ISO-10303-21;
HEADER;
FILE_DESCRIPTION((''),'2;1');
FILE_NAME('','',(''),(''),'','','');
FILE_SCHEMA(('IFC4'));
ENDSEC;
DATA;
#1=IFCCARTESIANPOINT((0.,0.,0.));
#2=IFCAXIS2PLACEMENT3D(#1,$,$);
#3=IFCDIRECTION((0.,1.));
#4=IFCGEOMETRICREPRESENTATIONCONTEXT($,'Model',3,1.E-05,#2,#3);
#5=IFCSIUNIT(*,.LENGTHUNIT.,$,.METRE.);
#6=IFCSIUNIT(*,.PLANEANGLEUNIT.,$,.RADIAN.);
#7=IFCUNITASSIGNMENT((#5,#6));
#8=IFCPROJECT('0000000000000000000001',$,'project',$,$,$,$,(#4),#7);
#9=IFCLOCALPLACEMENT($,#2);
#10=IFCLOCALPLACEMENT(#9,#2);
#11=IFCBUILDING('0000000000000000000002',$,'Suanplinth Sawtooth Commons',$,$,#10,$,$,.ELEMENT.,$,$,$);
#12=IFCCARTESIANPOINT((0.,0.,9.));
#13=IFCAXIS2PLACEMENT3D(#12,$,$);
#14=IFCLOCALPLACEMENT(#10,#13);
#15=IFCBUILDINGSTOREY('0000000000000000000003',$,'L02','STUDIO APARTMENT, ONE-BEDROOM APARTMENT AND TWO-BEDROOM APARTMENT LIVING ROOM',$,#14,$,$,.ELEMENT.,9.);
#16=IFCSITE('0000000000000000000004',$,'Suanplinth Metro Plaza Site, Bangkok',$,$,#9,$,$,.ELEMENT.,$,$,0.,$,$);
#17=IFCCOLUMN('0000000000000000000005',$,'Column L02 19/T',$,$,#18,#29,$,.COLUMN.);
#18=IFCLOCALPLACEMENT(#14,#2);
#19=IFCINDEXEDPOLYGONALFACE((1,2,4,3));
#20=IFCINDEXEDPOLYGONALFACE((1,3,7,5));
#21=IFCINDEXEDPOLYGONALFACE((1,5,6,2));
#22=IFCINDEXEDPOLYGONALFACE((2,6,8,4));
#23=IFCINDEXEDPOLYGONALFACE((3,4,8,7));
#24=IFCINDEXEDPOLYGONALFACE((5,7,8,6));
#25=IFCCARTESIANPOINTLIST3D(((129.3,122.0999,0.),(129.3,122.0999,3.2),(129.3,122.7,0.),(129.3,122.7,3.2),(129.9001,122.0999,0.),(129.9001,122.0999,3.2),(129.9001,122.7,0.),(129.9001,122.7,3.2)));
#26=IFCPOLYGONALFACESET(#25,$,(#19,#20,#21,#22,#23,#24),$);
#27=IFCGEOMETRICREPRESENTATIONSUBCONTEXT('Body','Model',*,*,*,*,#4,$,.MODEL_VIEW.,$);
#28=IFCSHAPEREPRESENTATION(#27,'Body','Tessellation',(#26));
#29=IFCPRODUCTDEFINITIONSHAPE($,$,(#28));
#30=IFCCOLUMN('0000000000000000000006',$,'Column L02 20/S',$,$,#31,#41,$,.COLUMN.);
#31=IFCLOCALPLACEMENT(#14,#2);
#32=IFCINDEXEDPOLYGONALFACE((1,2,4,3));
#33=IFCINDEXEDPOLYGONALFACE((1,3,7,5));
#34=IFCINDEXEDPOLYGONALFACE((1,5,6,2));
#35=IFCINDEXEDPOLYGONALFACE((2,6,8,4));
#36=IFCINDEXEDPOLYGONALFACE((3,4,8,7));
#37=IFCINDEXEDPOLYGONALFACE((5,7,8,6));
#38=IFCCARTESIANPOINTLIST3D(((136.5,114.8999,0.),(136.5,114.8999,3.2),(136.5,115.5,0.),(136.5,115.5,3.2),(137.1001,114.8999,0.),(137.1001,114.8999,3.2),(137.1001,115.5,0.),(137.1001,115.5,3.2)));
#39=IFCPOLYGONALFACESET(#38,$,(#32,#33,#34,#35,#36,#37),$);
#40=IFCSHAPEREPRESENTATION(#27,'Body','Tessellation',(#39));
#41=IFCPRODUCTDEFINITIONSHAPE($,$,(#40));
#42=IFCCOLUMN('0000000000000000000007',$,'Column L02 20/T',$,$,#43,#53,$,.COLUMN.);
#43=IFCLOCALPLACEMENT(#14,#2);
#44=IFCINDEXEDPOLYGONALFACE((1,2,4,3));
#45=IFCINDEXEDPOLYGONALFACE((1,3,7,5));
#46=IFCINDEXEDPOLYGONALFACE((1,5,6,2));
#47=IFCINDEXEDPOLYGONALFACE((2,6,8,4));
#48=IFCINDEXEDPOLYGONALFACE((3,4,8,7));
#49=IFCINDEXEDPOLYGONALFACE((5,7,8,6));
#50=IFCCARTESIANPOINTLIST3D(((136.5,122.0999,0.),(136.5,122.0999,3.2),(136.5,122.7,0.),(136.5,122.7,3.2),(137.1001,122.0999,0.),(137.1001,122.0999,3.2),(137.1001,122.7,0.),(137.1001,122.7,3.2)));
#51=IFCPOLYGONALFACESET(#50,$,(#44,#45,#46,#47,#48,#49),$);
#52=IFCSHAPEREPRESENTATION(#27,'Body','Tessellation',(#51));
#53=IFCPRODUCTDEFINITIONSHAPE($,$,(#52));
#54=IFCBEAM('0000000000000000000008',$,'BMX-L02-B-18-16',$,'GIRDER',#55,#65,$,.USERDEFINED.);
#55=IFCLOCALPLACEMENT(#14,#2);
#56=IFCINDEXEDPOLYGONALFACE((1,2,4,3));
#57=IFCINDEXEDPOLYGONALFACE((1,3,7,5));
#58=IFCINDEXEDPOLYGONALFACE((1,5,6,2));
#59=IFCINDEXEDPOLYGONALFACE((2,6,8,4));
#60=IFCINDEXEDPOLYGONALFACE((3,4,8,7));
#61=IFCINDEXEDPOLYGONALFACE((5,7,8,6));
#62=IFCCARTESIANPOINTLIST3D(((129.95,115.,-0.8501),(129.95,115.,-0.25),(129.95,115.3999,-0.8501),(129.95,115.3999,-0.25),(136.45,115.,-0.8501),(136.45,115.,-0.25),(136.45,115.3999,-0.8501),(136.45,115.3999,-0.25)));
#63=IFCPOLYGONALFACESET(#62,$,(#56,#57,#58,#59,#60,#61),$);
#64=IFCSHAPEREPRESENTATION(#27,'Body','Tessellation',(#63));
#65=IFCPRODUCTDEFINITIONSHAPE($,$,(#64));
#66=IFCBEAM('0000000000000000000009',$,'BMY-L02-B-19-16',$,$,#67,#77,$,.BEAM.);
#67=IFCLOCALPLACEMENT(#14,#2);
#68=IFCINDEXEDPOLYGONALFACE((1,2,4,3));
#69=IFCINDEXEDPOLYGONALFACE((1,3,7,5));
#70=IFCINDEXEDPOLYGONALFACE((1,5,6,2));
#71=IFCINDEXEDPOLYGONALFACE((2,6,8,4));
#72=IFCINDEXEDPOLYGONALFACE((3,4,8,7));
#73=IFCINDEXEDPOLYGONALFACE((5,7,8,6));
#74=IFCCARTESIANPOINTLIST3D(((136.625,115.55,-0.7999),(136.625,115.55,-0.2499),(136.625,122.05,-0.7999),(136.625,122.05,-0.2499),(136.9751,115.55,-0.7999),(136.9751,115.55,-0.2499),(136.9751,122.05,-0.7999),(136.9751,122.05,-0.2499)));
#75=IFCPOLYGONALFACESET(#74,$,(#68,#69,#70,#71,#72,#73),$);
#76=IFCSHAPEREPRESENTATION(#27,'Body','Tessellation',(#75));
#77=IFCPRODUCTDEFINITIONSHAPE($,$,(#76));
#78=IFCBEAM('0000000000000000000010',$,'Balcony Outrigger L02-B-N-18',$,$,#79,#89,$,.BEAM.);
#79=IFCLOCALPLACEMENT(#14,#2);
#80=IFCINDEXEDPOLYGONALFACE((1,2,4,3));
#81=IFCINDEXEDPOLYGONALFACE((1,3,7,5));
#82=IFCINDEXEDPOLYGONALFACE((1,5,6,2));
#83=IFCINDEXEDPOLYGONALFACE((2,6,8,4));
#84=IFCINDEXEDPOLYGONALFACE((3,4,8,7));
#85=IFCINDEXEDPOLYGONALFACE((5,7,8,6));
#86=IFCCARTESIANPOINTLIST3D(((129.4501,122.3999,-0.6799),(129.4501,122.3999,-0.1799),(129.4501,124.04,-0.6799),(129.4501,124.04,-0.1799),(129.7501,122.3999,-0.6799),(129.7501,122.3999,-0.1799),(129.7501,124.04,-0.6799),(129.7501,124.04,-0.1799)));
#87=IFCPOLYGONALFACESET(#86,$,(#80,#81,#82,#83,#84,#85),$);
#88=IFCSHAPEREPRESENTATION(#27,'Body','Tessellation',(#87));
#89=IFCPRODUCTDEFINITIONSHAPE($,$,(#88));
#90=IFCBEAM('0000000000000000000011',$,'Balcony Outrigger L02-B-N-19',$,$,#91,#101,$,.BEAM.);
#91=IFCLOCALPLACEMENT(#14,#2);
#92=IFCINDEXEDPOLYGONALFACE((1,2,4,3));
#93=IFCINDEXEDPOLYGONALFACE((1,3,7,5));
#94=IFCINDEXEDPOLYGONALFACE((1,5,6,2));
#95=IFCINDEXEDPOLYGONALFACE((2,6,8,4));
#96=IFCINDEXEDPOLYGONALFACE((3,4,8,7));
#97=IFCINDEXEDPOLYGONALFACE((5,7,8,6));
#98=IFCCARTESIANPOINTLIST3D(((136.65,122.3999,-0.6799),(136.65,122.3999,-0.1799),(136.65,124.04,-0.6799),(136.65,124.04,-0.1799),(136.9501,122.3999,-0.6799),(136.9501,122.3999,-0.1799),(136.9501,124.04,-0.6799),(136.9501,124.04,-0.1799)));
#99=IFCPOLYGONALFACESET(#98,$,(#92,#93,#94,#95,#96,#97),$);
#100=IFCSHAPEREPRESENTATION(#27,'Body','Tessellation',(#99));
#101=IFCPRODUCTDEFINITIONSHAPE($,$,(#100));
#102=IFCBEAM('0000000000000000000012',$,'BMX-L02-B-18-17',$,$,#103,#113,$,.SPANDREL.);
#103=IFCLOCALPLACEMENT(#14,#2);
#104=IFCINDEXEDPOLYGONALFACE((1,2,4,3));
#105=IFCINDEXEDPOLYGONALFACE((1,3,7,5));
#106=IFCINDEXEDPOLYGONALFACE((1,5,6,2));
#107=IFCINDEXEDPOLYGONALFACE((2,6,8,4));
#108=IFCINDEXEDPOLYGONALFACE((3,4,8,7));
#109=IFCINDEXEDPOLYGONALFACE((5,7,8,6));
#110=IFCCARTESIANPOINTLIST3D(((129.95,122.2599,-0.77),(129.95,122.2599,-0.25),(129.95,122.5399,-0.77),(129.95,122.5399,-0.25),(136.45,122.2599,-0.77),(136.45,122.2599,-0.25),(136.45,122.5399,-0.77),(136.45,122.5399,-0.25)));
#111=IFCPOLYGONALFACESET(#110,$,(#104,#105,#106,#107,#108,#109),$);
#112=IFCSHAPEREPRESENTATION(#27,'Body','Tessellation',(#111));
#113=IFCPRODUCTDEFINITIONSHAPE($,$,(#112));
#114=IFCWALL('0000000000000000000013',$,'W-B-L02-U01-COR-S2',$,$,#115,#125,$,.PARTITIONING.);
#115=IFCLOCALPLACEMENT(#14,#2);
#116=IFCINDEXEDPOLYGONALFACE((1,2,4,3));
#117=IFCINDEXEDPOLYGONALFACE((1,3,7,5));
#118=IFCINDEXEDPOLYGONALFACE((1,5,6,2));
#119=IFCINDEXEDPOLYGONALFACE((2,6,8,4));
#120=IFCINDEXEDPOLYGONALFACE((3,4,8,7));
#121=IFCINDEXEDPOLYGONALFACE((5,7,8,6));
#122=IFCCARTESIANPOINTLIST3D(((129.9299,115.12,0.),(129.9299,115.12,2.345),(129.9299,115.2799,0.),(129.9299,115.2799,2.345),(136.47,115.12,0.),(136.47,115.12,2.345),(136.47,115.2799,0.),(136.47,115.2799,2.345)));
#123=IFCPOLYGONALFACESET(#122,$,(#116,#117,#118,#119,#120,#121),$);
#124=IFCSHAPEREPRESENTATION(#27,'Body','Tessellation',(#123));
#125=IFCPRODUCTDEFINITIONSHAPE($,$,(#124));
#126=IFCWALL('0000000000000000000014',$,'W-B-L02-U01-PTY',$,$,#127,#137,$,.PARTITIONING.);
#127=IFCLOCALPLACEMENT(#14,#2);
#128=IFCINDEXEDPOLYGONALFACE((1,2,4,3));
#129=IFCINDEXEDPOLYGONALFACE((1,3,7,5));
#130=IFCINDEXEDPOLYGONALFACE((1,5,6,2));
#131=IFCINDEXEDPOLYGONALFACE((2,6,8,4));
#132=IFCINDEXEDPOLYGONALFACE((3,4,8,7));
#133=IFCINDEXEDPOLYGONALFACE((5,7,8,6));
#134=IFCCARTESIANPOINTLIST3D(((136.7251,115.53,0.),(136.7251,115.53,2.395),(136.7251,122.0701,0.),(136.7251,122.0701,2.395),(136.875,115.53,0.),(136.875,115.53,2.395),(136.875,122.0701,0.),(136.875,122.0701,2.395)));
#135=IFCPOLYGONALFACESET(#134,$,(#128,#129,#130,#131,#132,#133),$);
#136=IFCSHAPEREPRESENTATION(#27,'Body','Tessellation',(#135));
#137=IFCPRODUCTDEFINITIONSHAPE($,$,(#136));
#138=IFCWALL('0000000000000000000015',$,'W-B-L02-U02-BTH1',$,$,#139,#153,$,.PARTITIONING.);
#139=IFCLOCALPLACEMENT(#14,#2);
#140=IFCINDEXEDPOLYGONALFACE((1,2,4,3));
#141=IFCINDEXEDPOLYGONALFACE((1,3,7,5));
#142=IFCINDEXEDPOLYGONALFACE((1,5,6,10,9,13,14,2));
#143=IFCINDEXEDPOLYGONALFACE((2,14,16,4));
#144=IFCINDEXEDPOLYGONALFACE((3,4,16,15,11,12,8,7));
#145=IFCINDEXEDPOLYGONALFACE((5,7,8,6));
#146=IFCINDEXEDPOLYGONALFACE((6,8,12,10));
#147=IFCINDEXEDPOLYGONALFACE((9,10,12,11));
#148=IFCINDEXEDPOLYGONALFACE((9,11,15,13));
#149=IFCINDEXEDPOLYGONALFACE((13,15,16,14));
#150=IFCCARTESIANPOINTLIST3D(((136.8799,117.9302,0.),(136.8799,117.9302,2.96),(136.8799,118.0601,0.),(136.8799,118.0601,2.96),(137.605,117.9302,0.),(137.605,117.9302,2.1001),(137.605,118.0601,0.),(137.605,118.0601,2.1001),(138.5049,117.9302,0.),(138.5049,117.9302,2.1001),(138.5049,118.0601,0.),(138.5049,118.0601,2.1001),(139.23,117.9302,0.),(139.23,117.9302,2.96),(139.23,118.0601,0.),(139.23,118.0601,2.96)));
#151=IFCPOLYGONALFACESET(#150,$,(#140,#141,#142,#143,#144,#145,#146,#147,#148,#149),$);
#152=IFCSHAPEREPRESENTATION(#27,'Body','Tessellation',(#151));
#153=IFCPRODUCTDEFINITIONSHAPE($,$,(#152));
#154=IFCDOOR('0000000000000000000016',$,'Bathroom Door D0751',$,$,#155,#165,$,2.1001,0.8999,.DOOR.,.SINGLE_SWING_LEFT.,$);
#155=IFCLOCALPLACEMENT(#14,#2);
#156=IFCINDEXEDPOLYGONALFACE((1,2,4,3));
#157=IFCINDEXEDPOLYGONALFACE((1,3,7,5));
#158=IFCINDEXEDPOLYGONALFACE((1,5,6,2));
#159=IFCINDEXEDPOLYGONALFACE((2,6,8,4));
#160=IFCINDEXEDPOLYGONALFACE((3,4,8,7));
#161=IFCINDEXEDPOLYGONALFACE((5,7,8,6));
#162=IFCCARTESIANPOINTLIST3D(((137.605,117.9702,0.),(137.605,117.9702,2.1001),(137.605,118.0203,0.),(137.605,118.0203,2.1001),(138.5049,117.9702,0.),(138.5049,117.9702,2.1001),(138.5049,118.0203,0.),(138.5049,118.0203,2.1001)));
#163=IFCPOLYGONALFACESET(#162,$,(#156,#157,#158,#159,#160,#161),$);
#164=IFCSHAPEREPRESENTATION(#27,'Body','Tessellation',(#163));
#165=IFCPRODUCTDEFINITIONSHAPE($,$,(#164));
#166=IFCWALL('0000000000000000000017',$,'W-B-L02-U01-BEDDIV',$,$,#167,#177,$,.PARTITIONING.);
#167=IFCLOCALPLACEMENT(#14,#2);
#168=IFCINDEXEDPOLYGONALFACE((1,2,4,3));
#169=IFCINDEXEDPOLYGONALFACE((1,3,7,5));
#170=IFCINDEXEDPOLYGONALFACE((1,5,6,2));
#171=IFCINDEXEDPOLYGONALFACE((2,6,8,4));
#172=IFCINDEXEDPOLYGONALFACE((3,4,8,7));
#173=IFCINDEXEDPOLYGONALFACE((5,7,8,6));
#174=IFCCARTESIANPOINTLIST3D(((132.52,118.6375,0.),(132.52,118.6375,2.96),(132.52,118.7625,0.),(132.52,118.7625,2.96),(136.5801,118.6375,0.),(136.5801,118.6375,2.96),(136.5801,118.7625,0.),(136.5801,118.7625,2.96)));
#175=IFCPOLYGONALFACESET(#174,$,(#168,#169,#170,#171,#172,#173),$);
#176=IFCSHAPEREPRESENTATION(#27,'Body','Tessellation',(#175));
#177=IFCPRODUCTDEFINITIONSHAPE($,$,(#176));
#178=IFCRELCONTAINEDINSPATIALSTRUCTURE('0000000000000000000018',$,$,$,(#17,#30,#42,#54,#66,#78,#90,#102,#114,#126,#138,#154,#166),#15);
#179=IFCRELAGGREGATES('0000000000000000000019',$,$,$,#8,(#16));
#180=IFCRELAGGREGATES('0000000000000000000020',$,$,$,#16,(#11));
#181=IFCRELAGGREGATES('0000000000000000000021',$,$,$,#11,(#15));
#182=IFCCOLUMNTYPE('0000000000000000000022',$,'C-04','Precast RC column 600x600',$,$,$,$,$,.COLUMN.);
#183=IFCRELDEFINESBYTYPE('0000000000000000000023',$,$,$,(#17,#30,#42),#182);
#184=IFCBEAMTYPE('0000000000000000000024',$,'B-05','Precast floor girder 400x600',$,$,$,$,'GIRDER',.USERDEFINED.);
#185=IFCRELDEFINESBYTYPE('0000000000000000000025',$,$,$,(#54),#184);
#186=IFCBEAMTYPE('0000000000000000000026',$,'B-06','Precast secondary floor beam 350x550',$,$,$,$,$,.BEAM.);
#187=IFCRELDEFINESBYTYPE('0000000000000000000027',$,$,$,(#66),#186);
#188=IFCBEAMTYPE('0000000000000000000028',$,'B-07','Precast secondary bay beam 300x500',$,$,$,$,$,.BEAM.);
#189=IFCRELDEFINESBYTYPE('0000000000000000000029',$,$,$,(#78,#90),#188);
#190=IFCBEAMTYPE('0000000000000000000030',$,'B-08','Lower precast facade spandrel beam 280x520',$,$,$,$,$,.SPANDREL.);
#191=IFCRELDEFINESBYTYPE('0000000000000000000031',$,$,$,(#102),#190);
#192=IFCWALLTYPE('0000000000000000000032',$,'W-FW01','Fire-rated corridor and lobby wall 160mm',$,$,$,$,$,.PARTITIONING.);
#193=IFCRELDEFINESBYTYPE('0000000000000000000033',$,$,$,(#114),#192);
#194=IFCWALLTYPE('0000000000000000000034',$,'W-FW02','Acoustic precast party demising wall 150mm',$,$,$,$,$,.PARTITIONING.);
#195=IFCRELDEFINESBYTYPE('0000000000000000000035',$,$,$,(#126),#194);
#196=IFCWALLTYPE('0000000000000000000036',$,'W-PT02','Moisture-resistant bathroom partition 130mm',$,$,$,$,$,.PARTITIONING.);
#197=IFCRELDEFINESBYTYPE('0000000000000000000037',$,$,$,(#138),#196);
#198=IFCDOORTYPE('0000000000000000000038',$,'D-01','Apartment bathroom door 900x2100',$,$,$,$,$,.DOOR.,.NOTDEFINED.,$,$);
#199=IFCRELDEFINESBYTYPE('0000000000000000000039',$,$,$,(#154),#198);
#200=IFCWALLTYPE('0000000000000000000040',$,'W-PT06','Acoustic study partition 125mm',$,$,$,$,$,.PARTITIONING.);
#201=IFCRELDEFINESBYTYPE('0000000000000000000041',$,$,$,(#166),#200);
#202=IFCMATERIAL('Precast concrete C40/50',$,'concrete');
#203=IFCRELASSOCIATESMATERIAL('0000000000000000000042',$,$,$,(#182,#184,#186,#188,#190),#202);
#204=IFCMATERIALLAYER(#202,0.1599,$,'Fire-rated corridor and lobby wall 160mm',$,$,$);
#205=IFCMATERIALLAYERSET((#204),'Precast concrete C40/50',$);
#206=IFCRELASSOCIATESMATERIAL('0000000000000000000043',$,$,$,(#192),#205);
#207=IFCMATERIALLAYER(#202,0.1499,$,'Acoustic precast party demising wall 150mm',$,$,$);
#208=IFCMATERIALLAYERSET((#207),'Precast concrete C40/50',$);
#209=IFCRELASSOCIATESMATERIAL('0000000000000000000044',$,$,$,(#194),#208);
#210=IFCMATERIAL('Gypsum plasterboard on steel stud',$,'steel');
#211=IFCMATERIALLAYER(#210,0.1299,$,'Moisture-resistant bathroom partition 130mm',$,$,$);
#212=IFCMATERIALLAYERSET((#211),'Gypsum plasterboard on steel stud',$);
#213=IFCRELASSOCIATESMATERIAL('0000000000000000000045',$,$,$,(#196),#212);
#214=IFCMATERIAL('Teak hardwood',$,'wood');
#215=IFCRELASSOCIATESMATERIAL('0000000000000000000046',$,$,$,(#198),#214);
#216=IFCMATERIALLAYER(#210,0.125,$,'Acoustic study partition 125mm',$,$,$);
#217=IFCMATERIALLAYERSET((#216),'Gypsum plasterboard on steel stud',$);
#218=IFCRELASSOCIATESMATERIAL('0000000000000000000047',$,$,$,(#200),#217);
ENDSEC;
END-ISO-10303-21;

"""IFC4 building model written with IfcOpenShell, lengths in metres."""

from ifc_helpers import new_model, si_unit, direction, frame, frame_2d, origin, origin_2d, place, context, subcontext, project, spatial, rectangle, extrude, material, layer, layer_set, material_profile, profile_set, type_object, element, fill, save


model = new_model("IFC4")

# Units and contexts
model_context = context("Model", 3, precision=1e-05, world=origin(), true_north=direction((0.0, 1.0)))
body_context = subcontext(model_context, "Body", "Model", "MODEL_VIEW")
ifc_project = project(units=[si_unit("LENGTHUNIT", "METRE"), si_unit("PLANEANGLEUNIT", "RADIAN")], contexts=[model_context])

# Site, building, storey
site_placement = place(None, origin())
site = spatial("IfcSite", under=ifc_project, at=site_placement, Name="Suanplinth Metro Plaza Site, Bangkok", CompositionType="ELEMENT", RefElevation=0.0)
building_placement = place(site_placement, origin())
building = spatial("IfcBuilding", under=site, at=building_placement, Name="Suanplinth Sawtooth Commons", CompositionType="ELEMENT")
storey_placement = place(building_placement, frame((0.0, 0.0, 9.0)))
storey = spatial("IfcBuildingStorey", under=building, at=storey_placement, Name="L02", Description="STUDIO APARTMENT, ONE-BEDROOM APARTMENT AND TWO-BEDROOM APARTMENT LIVING ROOM", CompositionType="ELEMENT", Elevation=9.0)

# Columns
ifc_material_1 = material(Name="Precast concrete C40/50", Category="concrete")
ifc_material_profile_1 = material_profile(ifc_material_1, rectangle(XDim=0.6001, YDim=0.6001, at=origin_2d()), Name="PC-COL 600x600")
ifc_profile_set_1 = profile_set([ifc_material_profile_1], Name="Precast concrete C40/50")
column_type = type_object("IfcColumnType", Name="C-04", Description="Precast RC column 600x600", PredefinedType="COLUMN", material=ifc_profile_set_1)
for number, where, z_axis, x_axis, name in (
    (1, (129.6001, 122.3999, 0.0), (0.0, 0.0, 1.0), (1.0, 0.0, 0.0), "Column L02 19/T"),
    (2, (136.8, 115.2, 0.0), (0.0, 0.0, 1.0), (1.0, 0.0, 0.0), "Column L02 20/S"),
    (3, (136.8, 122.3999, 0.0), (0.0, 0.0, 1.0), (1.0, 0.0, 0.0), "Column L02 20/T"),
):
    element("IfcColumn", number, at=place(storey_placement, frame(where, z_axis=z_axis, x_axis=x_axis)), inside=storey, type_object=column_type, Name=name, PredefinedType="COLUMN", context=body_context, shape_type="SweptSolid", body=[
        extrude(rectangle(XDim=0.6001, YDim=0.6001, at=origin_2d()), origin(), (0.0, 0.0, 1.0), 3.2),
    ])

# Beams
ifc_material_profile_2 = material_profile(ifc_material_1, rectangle(XDim=0.3999, YDim=0.6001, at=origin_2d()), Name="PC-GDR 400x600")
ifc_profile_set_2 = profile_set([ifc_material_profile_2], Name="Precast concrete C40/50")
beam_type_1 = type_object("IfcBeamType", Name="B-05", Description="Precast floor girder 400x600", ElementType="GIRDER", PredefinedType="USERDEFINED", material=ifc_profile_set_2)
beam_1_placement = place(storey_placement, frame((129.95, 115.2, -0.55), z_axis=(1.0, 0.0, 0.0), x_axis=(0.0, 1.0, 0.0)))
element("IfcBeam", 4, at=beam_1_placement, inside=storey, type_object=beam_type_1, Name="BMX-L02-B-18-16", ObjectType="GIRDER", PredefinedType="USERDEFINED", context=body_context, shape_type="SweptSolid", body=[
    extrude(rectangle(XDim=0.3999, YDim=0.6001, at=origin_2d()), origin(), (0.0, 0.0, 1.0), 6.5),
])
ifc_material_profile_3 = material_profile(ifc_material_1, rectangle(XDim=0.3501, YDim=0.55, at=origin_2d()), Name="PC-BM 350x550")
ifc_profile_set_3 = profile_set([ifc_material_profile_3], Name="Precast concrete C40/50")
beam_type_2 = type_object("IfcBeamType", Name="B-06", Description="Precast secondary floor beam 350x550", PredefinedType="BEAM", material=ifc_profile_set_3)
beam_2_placement = place(storey_placement, frame((136.8, 115.55, -0.5249), z_axis=(0.0, 1.0, 0.0), x_axis=(-1.0, 0.0, 0.0)))
element("IfcBeam", 5, at=beam_2_placement, inside=storey, type_object=beam_type_2, Name="BMY-L02-B-19-16", PredefinedType="BEAM", context=body_context, shape_type="SweptSolid", body=[
    extrude(rectangle(XDim=0.3501, YDim=0.55, at=origin_2d()), origin(), (0.0, 0.0, 1.0), 6.5),
])
ifc_material_profile_4 = material_profile(ifc_material_1, rectangle(XDim=0.3, YDim=0.5, at=origin_2d()), Name="PC-BM 300x500")
ifc_profile_set_4 = profile_set([ifc_material_profile_4], Name="Precast concrete C40/50")
beam_type_3 = type_object("IfcBeamType", Name="B-07", Description="Precast secondary bay beam 300x500", PredefinedType="BEAM", material=ifc_profile_set_4)
for number, where, z_axis, x_axis, name in (
    (6, (129.6001, 122.3999, -0.4299), (0.0, 1.0, 0.0), (-1.0, 0.0, 0.0), "Balcony Outrigger L02-B-N-18"),
    (7, (136.8, 122.3999, -0.4299), (0.0, 1.0, 0.0), (-1.0, 0.0, 0.0), "Balcony Outrigger L02-B-N-19"),
):
    element("IfcBeam", number, at=place(storey_placement, frame(where, z_axis=z_axis, x_axis=x_axis)), inside=storey, type_object=beam_type_3, Name=name, PredefinedType="BEAM", context=body_context, shape_type="SweptSolid", body=[
        extrude(rectangle(XDim=0.3, YDim=0.5, at=origin_2d()), origin(), (0.0, 0.0, 1.0), 1.6401),
    ])
ifc_material_profile_5 = material_profile(ifc_material_1, rectangle(XDim=0.28, YDim=0.52, at=origin_2d()), Name="PC-SP 280x520")
ifc_profile_set_5 = profile_set([ifc_material_profile_5], Name="Precast concrete C40/50")
beam_type_4 = type_object("IfcBeamType", Name="B-08", Description="Lower precast facade spandrel beam 280x520", PredefinedType="SPANDREL", material=ifc_profile_set_5)
beam_3_placement = place(storey_placement, frame((129.95, 122.3999, -0.51), z_axis=(1.0, 0.0, 0.0), x_axis=(0.0, 1.0, 0.0)))
element("IfcBeam", 8, at=beam_3_placement, inside=storey, type_object=beam_type_4, Name="BMX-L02-B-18-17", PredefinedType="SPANDREL", context=body_context, shape_type="SweptSolid", body=[
    extrude(rectangle(XDim=0.28, YDim=0.52, at=origin_2d()), origin(), (0.0, 0.0, 1.0), 6.5),
])

# Walls
ifc_layer_1 = layer(ifc_material_1, 0.1599, Name="Fire-rated corridor and lobby wall 160mm")
ifc_layer_set_1 = layer_set([ifc_layer_1], Name="Precast concrete C40/50")
wall_type_1 = type_object("IfcWallType", Name="W-FW01", Description="Fire-rated corridor and lobby wall 160mm", PredefinedType="PARTITIONING", material=ifc_layer_set_1)
wall_1_placement = place(storey_placement, frame((129.9299, 115.2, 0.0), z_axis=(0.0, 0.0, 1.0), x_axis=(1.0, 0.0, 0.0)))
element("IfcWall", 9, at=wall_1_placement, inside=storey, type_object=wall_type_1, Name="W-B-L02-U01-COR-S2", PredefinedType="PARTITIONING", context=body_context, shape_type="SweptSolid", body=[
    extrude(rectangle(XDim=6.54, YDim=0.1599, at=frame_2d((3.27, 0.0))), origin(), (0.0, 0.0, 1.0), 2.345),
])
ifc_layer_2 = layer(ifc_material_1, 0.1499, Name="Acoustic precast party demising wall 150mm")
ifc_layer_set_2 = layer_set([ifc_layer_2], Name="Precast concrete C40/50")
wall_type_2 = type_object("IfcWallType", Name="W-FW02", Description="Acoustic precast party demising wall 150mm", PredefinedType="PARTITIONING", material=ifc_layer_set_2)
wall_2_placement = place(storey_placement, frame((136.8, 115.53, 0.0), z_axis=(0.0, 0.0, 1.0), x_axis=(0.0, 1.0, 0.0)))
element("IfcWall", 10, at=wall_2_placement, inside=storey, type_object=wall_type_2, Name="W-B-L02-U01-PTY", PredefinedType="PARTITIONING", context=body_context, shape_type="SweptSolid", body=[
    extrude(rectangle(XDim=6.54, YDim=0.1499, at=frame_2d((3.27, 0.0))), origin(), (0.0, 0.0, 1.0), 2.395),
])

# Wall, opening, door
ifc_material_2 = material(Name="Gypsum plasterboard on steel stud", Category="steel")
ifc_layer_3 = layer(ifc_material_2, 0.1299, Name="Moisture-resistant bathroom partition 130mm")
ifc_layer_set_3 = layer_set([ifc_layer_3], Name="Gypsum plasterboard on steel stud")
wall_type_3 = type_object("IfcWallType", Name="W-PT02", Description="Moisture-resistant bathroom partition 130mm", PredefinedType="PARTITIONING", material=ifc_layer_set_3)
wall_3_placement = place(storey_placement, frame((136.8799, 117.9951, 0.0), z_axis=(0.0, 0.0, 1.0), x_axis=(1.0, 0.0, 0.0)))
wall_3 = element("IfcWall", 11, at=wall_3_placement, inside=storey, type_object=wall_type_3, Name="W-B-L02-U02-BTH1", PredefinedType="PARTITIONING", context=body_context, shape_type="SweptSolid", body=[
    extrude(rectangle(XDim=2.3501, YDim=0.1299, at=frame_2d((1.175, 0.0))), origin(), (0.0, 0.0, 1.0), 2.96),
])
opening_1_placement = place(wall_3_placement, frame((0.7251, 0.0, 0.0)))
opening_1 = element("IfcOpeningElement", 12, at=opening_1_placement, cuts=wall_3, PredefinedType="OPENING", context=body_context, shape_type="SweptSolid", body=[
    extrude(rectangle(XDim=0.8999, YDim=2.1001, at=frame_2d((0.45, 1.05))), frame((0.0, 0.0798, 0.0), z_axis=(0.0, -1.0, 0.0), x_axis=(1.0, 0.0, 0.0)), (0.0, 0.0, 1.0), 0.1597),
])
ifc_material_3 = material(Name="Teak hardwood", Category="wood")
door_type_1 = type_object("IfcDoorType", Name="D-01", Description="Apartment bathroom door 900x2100", OperationType="NOTDEFINED", PredefinedType="DOOR", material=ifc_material_3)
door_1_placement = place(opening_1_placement, frame((0.8999, 0.0, 0.0), z_axis=(0.0, 0.0, 1.0), x_axis=(-1.0, 0.0, 0.0)))
door_1 = element("IfcDoor", 13, at=door_1_placement, inside=storey, type_object=door_type_1, Name="Bathroom Door D0751", OperationType="SINGLE_SWING_LEFT", OverallHeight=2.1001, OverallWidth=0.8999, PredefinedType="DOOR", context=body_context, shape_type="SweptSolid", body=[
    extrude(rectangle(XDim=0.8999, YDim=2.1001, at=frame_2d((0.45, 1.05))), frame((0.0, 0.0249, 0.0), z_axis=(0.0, -1.0, 0.0), x_axis=(1.0, 0.0, 0.0)), (0.0, 0.0, 1.0), 0.05),
])
fill(opening_1, door_1)

# Wall
ifc_layer_4 = layer(ifc_material_2, 0.125, Name="Acoustic study partition 125mm")
ifc_layer_set_4 = layer_set([ifc_layer_4], Name="Gypsum plasterboard on steel stud")
wall_type_4 = type_object("IfcWallType", Name="W-PT06", Description="Acoustic study partition 125mm", PredefinedType="PARTITIONING", material=ifc_layer_set_4)
wall_4_placement = place(storey_placement, frame((132.52, 118.7, 0.0), z_axis=(0.0, 0.0, 1.0), x_axis=(1.0, 0.0, 0.0)))
element("IfcWall", 14, at=wall_4_placement, inside=storey, type_object=wall_type_4, Name="W-B-L02-U01-BEDDIV", PredefinedType="PARTITIONING", context=body_context, shape_type="SweptSolid", body=[
    extrude(rectangle(XDim=4.0601, YDim=0.125, at=frame_2d((2.03, 0.0))), origin(), (0.0, 0.0, 1.0), 2.96),
])

save(model, "model.ifc")
